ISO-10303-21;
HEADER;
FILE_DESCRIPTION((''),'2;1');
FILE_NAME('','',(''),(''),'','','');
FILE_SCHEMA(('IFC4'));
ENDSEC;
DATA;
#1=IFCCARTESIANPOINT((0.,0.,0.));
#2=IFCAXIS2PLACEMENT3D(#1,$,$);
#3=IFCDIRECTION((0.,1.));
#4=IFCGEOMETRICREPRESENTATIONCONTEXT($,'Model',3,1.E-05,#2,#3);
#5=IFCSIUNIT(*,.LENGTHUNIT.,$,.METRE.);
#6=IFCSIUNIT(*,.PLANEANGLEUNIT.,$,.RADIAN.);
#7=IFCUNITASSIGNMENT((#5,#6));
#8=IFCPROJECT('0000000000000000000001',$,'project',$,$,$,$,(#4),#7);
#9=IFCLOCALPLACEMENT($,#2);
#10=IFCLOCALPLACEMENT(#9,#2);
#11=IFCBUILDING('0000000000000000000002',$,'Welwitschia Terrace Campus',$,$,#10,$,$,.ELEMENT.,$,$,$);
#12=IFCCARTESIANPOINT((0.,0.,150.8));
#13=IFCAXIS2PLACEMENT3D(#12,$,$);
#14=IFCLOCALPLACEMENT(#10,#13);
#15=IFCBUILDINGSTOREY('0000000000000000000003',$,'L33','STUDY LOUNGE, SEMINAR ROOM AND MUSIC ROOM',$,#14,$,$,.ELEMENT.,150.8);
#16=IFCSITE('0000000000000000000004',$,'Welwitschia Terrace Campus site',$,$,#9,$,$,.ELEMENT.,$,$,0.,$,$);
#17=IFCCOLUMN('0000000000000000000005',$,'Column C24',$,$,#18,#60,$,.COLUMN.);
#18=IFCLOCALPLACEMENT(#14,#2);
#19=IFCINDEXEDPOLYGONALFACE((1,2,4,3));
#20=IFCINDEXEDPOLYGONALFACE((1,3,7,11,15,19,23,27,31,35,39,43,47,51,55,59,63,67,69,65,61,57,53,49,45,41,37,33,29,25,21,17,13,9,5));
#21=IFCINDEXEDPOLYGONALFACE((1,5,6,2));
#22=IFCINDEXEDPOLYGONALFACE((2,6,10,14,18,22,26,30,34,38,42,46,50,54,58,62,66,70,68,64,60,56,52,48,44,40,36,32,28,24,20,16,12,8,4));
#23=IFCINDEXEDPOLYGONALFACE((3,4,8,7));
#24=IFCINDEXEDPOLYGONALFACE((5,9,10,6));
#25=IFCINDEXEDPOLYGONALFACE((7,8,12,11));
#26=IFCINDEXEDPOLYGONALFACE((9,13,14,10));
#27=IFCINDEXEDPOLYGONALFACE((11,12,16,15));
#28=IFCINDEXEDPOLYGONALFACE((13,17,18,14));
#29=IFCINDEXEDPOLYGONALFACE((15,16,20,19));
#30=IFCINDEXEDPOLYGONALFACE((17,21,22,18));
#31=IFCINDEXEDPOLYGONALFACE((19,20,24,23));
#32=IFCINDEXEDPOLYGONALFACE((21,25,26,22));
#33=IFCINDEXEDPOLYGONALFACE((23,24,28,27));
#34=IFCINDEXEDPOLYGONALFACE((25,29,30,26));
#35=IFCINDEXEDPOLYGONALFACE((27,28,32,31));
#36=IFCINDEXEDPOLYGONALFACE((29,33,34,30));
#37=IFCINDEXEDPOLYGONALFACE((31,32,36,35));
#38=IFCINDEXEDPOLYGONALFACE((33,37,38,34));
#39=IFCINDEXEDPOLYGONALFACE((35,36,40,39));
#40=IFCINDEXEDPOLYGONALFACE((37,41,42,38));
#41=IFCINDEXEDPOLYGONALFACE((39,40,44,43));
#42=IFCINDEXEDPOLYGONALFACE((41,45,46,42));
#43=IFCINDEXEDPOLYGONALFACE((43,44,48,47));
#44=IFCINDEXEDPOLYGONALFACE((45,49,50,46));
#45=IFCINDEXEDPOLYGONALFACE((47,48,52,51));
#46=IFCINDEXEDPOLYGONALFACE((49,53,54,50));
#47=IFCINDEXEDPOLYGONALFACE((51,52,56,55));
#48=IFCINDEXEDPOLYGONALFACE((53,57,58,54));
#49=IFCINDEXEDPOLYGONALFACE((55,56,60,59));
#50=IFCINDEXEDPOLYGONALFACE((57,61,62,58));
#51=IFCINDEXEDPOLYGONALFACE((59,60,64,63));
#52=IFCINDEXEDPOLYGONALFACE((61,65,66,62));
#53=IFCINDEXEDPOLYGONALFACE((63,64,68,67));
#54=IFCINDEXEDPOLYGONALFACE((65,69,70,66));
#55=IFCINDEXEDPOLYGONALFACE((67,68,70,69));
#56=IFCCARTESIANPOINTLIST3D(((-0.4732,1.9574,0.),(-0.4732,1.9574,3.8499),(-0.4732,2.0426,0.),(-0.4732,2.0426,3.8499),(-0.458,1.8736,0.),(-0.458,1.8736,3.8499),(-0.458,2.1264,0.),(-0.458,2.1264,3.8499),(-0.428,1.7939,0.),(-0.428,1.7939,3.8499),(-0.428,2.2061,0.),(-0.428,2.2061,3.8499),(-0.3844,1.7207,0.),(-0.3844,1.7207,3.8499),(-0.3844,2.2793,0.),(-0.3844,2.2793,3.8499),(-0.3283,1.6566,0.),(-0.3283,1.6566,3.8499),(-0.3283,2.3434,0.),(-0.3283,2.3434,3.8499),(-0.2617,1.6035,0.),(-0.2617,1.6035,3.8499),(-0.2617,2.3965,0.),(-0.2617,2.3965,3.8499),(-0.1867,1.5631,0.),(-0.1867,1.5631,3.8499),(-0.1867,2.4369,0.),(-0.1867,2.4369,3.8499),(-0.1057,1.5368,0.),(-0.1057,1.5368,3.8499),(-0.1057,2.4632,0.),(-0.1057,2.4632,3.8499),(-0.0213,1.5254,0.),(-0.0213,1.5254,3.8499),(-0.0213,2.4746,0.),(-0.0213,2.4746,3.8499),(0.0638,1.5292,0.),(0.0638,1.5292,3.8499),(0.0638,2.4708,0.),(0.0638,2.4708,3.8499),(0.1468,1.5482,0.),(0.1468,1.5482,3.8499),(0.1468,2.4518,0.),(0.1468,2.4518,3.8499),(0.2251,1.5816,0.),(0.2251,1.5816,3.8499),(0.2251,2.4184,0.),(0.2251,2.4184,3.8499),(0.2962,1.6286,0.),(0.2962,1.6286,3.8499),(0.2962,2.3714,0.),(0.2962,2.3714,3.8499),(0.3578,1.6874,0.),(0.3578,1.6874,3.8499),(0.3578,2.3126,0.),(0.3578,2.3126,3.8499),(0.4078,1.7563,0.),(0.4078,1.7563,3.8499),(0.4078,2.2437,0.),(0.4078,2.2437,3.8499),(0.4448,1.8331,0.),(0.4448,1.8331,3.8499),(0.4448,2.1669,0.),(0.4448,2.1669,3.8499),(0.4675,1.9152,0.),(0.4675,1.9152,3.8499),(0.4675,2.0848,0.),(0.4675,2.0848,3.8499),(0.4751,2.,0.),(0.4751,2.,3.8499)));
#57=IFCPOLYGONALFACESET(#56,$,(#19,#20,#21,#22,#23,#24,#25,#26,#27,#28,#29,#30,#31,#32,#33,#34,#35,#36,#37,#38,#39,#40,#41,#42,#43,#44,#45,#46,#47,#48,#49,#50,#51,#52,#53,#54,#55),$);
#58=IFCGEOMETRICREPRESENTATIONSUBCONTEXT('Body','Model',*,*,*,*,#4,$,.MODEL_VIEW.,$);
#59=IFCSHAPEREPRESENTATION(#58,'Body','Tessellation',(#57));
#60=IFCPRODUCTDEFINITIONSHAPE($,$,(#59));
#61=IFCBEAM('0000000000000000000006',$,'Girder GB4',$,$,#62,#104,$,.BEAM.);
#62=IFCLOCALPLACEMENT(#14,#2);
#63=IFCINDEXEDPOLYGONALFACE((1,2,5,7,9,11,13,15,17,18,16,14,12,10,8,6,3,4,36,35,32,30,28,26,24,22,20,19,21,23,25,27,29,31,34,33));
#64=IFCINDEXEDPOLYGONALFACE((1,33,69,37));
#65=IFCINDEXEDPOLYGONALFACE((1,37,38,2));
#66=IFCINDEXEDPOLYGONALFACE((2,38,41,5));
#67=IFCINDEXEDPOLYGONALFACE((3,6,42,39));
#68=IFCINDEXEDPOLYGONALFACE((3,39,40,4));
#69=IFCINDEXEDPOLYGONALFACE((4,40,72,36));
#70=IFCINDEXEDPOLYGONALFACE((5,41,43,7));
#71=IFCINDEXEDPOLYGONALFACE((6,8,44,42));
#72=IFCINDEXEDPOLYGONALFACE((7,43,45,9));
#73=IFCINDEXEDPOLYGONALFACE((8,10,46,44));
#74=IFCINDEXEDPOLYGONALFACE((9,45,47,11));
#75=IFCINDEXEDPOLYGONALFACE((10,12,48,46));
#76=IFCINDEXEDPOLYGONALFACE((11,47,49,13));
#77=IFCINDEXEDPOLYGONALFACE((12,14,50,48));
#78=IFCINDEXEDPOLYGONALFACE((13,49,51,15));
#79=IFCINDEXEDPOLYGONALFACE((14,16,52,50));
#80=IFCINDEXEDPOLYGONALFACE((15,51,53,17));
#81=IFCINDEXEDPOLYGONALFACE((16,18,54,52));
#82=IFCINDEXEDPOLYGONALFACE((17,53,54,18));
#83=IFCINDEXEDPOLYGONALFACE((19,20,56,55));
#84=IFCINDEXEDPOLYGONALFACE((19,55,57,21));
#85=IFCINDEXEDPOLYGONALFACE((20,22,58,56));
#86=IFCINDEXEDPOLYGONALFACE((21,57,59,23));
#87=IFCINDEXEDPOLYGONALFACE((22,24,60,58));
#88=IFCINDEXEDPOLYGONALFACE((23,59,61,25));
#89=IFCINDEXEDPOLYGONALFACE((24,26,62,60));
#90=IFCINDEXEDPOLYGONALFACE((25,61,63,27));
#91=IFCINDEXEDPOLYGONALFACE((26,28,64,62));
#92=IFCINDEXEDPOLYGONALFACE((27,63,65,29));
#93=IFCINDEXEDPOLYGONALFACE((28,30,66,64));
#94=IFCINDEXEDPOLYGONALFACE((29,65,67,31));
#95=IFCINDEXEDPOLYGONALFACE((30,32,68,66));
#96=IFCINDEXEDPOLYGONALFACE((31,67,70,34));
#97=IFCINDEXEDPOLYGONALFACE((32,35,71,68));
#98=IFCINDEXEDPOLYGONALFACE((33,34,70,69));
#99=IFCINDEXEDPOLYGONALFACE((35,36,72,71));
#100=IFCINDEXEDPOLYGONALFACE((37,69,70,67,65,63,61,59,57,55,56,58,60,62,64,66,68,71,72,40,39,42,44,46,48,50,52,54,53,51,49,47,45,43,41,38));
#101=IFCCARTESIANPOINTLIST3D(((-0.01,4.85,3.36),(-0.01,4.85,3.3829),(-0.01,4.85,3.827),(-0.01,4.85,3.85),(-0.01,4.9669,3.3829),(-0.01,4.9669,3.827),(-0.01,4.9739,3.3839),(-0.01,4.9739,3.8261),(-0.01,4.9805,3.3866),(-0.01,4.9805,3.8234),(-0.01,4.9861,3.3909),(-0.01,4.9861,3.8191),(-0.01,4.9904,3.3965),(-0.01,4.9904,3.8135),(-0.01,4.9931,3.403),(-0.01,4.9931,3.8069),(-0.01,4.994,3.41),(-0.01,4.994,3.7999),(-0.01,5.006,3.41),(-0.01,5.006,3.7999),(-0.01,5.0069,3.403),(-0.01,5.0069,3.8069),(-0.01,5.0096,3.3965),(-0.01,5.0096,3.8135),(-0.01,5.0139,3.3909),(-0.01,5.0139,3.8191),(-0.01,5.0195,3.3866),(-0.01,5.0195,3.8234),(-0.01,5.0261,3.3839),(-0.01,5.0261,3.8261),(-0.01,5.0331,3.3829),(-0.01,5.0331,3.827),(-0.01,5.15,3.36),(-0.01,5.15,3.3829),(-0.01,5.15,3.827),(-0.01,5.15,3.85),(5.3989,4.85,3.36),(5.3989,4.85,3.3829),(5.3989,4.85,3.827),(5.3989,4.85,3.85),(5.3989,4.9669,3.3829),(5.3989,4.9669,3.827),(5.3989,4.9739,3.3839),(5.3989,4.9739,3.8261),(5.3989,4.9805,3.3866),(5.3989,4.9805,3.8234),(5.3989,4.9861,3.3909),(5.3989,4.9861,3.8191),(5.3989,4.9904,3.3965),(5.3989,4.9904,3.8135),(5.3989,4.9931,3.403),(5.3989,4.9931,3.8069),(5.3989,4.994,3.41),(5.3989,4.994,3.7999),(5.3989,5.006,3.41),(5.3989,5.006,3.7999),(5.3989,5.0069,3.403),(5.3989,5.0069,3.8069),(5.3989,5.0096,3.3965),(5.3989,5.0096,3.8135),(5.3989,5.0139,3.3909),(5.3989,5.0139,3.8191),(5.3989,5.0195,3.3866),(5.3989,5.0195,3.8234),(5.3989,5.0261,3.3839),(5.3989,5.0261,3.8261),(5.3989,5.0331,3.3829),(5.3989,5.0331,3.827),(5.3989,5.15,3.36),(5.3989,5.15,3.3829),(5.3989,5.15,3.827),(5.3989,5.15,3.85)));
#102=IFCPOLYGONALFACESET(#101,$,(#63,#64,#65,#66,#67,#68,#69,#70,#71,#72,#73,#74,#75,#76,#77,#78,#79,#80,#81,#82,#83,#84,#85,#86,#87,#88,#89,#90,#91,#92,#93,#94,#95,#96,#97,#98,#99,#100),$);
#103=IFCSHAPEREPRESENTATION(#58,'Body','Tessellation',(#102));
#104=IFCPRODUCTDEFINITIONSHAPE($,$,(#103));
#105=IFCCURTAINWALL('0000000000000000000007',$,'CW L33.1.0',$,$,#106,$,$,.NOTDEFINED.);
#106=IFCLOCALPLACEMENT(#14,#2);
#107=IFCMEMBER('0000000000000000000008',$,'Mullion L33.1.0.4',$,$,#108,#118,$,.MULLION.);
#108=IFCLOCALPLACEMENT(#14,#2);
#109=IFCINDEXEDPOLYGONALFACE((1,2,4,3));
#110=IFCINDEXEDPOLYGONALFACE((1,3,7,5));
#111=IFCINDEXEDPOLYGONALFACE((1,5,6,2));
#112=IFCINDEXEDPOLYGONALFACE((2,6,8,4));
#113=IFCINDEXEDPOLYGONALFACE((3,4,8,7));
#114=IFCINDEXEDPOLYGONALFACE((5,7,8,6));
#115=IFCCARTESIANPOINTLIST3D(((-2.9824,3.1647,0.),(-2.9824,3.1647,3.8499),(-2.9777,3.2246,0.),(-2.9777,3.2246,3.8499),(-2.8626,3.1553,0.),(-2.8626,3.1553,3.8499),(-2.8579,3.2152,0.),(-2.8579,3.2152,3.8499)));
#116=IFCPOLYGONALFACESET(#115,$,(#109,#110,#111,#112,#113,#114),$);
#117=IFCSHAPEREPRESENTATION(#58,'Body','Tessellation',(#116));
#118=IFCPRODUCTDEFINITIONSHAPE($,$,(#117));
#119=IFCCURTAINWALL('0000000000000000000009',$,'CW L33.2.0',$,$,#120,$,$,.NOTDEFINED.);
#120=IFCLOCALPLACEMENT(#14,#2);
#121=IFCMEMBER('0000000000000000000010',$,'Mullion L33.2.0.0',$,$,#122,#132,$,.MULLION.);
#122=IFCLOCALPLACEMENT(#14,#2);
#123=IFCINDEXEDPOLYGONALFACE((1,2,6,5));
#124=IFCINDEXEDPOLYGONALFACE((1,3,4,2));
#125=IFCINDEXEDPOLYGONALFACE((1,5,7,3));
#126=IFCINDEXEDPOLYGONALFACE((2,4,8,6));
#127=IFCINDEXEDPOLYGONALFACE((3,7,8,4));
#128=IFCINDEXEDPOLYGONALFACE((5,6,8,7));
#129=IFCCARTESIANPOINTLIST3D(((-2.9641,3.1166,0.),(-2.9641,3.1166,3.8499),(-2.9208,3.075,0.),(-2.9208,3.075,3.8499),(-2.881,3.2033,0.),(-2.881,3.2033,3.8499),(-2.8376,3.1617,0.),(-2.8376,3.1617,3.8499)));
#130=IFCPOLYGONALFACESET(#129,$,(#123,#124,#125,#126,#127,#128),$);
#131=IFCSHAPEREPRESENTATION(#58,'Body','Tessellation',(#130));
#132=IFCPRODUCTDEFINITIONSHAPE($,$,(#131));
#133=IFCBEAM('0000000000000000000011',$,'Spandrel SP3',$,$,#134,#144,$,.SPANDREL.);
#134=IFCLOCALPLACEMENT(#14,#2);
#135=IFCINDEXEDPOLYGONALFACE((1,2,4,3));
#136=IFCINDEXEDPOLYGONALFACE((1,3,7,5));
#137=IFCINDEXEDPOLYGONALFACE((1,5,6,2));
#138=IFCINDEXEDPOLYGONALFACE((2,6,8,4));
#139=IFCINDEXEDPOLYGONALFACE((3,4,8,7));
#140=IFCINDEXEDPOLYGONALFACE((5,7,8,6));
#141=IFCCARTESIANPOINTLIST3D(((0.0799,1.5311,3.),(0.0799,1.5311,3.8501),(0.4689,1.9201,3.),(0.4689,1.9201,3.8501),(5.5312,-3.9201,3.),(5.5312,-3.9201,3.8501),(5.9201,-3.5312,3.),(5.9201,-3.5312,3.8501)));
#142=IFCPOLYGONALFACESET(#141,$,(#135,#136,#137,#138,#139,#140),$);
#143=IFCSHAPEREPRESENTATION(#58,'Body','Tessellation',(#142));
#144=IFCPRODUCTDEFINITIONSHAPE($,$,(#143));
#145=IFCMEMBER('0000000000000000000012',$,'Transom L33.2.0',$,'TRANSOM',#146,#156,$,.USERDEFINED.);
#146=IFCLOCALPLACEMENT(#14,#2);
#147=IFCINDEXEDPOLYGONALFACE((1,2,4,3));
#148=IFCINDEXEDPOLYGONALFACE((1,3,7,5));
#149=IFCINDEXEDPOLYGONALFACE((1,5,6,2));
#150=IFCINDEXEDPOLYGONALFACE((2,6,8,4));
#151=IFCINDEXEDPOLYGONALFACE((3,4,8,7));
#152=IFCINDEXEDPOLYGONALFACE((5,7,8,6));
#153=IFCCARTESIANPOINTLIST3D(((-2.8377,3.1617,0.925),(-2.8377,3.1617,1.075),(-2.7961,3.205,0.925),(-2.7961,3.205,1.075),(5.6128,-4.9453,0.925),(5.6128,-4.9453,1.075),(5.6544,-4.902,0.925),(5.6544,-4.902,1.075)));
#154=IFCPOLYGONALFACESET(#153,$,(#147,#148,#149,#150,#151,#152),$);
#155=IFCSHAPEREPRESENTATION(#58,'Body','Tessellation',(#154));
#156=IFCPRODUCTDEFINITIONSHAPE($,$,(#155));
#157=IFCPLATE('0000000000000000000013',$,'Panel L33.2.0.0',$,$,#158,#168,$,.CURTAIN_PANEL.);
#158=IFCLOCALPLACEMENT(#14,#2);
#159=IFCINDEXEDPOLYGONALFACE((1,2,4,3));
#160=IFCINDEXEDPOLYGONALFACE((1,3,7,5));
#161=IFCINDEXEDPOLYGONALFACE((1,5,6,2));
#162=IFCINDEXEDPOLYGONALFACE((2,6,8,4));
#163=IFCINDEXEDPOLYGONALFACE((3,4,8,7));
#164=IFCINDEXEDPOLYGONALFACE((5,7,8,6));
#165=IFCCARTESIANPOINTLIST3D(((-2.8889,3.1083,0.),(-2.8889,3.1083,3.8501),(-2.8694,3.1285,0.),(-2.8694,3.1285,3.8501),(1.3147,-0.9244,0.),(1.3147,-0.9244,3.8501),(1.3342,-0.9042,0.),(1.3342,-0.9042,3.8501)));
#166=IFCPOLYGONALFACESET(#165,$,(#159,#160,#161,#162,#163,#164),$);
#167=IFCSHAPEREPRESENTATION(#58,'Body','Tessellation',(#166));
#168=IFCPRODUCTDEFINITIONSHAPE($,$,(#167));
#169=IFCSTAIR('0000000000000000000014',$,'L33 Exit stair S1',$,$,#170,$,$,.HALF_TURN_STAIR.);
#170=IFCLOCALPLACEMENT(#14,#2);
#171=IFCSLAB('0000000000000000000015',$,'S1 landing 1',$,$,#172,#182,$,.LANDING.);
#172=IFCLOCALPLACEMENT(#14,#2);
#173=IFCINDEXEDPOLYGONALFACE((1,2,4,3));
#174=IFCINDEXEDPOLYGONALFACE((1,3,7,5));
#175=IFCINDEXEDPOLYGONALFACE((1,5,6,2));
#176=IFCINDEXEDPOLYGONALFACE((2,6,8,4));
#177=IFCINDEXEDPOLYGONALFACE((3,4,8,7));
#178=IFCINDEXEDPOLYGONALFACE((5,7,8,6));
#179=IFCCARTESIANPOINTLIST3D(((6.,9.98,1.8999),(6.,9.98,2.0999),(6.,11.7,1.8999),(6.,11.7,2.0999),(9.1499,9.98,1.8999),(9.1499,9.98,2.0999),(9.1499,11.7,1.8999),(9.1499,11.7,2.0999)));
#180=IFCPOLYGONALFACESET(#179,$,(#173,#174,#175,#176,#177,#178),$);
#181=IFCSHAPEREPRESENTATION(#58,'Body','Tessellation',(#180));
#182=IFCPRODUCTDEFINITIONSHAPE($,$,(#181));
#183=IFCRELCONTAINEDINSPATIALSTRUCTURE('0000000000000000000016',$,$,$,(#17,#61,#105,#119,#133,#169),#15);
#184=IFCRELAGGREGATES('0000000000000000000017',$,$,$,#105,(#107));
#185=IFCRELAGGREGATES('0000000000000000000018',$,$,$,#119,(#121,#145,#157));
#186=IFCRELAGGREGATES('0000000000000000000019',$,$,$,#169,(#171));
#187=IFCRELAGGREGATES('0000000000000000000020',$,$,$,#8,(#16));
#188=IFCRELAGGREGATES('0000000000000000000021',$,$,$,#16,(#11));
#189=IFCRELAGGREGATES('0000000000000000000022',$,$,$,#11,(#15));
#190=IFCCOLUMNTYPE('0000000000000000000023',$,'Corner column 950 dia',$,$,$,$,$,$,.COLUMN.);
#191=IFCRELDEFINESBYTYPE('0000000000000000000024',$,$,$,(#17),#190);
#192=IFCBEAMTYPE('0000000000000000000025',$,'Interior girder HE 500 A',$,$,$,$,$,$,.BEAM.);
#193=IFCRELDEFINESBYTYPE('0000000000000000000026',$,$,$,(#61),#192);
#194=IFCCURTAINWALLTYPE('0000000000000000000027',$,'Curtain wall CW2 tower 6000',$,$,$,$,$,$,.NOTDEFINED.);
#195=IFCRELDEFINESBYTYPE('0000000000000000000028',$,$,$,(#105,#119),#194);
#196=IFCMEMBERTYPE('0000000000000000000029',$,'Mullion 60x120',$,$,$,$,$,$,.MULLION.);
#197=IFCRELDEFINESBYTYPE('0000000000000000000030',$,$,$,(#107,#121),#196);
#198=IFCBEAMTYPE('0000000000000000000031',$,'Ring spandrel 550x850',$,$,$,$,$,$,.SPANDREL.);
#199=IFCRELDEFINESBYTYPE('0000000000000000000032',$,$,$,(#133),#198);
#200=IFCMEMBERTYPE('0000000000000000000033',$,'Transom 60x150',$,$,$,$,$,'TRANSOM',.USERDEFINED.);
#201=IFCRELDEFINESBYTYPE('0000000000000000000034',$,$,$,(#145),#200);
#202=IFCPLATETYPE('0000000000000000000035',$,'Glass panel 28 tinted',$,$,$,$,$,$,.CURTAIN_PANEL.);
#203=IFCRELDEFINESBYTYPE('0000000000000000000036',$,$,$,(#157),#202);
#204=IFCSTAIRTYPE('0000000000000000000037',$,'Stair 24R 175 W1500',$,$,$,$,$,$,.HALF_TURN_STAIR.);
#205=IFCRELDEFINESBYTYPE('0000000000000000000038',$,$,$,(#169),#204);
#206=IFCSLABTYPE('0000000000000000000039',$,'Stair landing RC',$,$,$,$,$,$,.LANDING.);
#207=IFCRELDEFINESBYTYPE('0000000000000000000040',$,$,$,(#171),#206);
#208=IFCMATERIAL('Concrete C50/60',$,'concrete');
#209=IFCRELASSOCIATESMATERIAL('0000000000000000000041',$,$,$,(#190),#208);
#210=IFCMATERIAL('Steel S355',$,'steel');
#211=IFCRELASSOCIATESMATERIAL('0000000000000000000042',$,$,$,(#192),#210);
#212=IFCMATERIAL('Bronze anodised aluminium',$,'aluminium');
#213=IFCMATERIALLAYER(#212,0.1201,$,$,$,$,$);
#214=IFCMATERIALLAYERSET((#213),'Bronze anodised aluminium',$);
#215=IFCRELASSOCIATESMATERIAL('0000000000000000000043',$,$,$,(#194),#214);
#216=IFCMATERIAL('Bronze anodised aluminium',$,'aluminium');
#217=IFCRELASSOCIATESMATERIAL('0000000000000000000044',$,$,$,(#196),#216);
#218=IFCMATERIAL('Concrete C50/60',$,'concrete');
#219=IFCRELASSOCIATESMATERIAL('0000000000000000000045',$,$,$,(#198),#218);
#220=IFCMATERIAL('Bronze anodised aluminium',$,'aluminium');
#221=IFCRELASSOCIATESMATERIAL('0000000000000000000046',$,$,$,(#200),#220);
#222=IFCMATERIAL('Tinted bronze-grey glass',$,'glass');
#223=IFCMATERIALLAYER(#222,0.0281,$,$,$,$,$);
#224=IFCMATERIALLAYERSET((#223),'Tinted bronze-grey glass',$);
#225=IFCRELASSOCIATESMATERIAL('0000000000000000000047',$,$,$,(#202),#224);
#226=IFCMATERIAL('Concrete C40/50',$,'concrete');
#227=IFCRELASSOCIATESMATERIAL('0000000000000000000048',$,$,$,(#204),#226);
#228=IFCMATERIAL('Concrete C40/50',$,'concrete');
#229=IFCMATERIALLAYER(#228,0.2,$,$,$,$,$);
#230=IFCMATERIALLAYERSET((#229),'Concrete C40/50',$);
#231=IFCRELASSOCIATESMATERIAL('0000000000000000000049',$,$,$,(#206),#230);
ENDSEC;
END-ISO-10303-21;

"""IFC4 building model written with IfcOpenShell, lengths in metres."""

from ifc_helpers import new_model, si_unit, direction, frame, origin, origin_2d, place, context, subcontext, project, spatial, polyline, rectangle, circle, i_section, outline, extrude, material, layer, layer_set, material_profile, profile_set, type_object, element, aggregate, save


model = new_model("IFC4")

# Units and contexts
model_context = context("Model", 3, precision=1e-05, world=origin(), true_north=direction((0.0, 1.0)))
body_context = subcontext(model_context, "Body", "Model", "MODEL_VIEW")
ifc_project = project(units=[si_unit("LENGTHUNIT", "METRE"), si_unit("PLANEANGLEUNIT", "RADIAN")], contexts=[model_context])

# Site, building, storey
site_placement = place(None, origin())
site = spatial("IfcSite", under=ifc_project, at=site_placement, Name="Welwitschia Terrace Campus site", CompositionType="ELEMENT", RefElevation=0.0)
building_placement = place(site_placement, origin())
building = spatial("IfcBuilding", under=site, at=building_placement, Name="Welwitschia Terrace Campus", CompositionType="ELEMENT")
storey_placement = place(building_placement, frame((0.0, 0.0, 150.8)))
storey = spatial("IfcBuildingStorey", under=building, at=storey_placement, Name="L33", Description="STUDY LOUNGE, SEMINAR ROOM AND MUSIC ROOM", CompositionType="ELEMENT", Elevation=150.8)

# Column
ifc_material_1 = material(Name="Concrete C50/60", Category="concrete")
ifc_material_profile_1 = material_profile(ifc_material_1, circle(Radius=0.4751, at=origin_2d()))
ifc_profile_set_1 = profile_set([ifc_material_profile_1], Name="Concrete C50/60")
column_type = type_object("IfcColumnType", Name="Corner column 950 dia", PredefinedType="COLUMN", material=ifc_profile_set_1)
column_placement = place(storey_placement, frame((0.0, 2.0, 0.0), z_axis=(0.0, 0.0, 1.0), x_axis=(1.0, 0.0, 0.0)))
element("IfcColumn", 1, at=column_placement, inside=storey, type_object=column_type, Name="Column C24", PredefinedType="COLUMN", context=body_context, shape_type="SweptSolid", body=[
    extrude(circle(Radius=0.4751, at=origin_2d()), origin(), (0.0, 0.0, 1.0), 3.8499),
])

# Beam
ifc_material_2 = material(Name="Steel S355", Category="steel")
ifc_material_profile_2 = material_profile(ifc_material_2, i_section(OverallWidth=0.3, OverallDepth=0.49, WebThickness=0.012, FlangeThickness=0.0229, FilletRadius=0.0271, at=origin_2d()))
ifc_profile_set_2 = profile_set([ifc_material_profile_2], Name="Steel S355")
beam_type_1 = type_object("IfcBeamType", Name="Interior girder HE 500 A", PredefinedType="BEAM", material=ifc_profile_set_2)
beam_1_placement = place(storey_placement, frame((-0.01, 5.0, 3.605), z_axis=(1.0, 0.0, 0.0), x_axis=(0.0, 1.0, 0.0)))
element("IfcBeam", 2, at=beam_1_placement, inside=storey, type_object=beam_type_1, Name="Girder GB4", PredefinedType="BEAM", context=body_context, shape_type="SweptSolid", body=[
    extrude(i_section(OverallWidth=0.3, OverallDepth=0.49, WebThickness=0.012, FlangeThickness=0.0229, FilletRadius=0.0271, at=origin_2d()), origin(), (0.0, 0.0, 1.0), 5.4089),
])

# Curtain walls, members
ifc_material_3 = material(Name="Bronze anodised aluminium", Category="aluminium")
ifc_layer_1 = layer(ifc_material_3, 0.1201)
ifc_layer_set_1 = layer_set([ifc_layer_1], Name="Bronze anodised aluminium")
curtain_wall_type = type_object("IfcCurtainWallType", Name="Curtain wall CW2 tower 6000", PredefinedType="NOTDEFINED", material=ifc_layer_set_1)
curtain_wall_1_placement = place(storey_placement, origin())
curtain_wall_1 = element("IfcCurtainWall", 3, at=curtain_wall_1_placement, inside=storey, type_object=curtain_wall_type, Name="CW L33.1.0", PredefinedType="NOTDEFINED")
ifc_material_4 = material(Name="Bronze anodised aluminium", Category="aluminium")
ifc_material_profile_3 = material_profile(ifc_material_4, rectangle(XDim=0.1201, YDim=0.0601, at=origin_2d()))
ifc_profile_set_3 = profile_set([ifc_material_profile_3], Name="Bronze anodised aluminium")
member_type_1 = type_object("IfcMemberType", Name="Mullion 60x120", PredefinedType="MULLION", material=ifc_profile_set_3)
member_1_placement = place(storey_placement, frame((-2.9202, 3.1899, 0.0), z_axis=(0.0, 0.0, 1.0), x_axis=(0.996917, -0.078459, 0.0)))
member_1 = element("IfcMember", 4, at=member_1_placement, type_object=member_type_1, Name="Mullion L33.1.0.4", PredefinedType="MULLION", context=body_context, shape_type="SweptSolid", body=[
    extrude(rectangle(XDim=0.1201, YDim=0.0601, at=origin_2d()), origin(), (0.0, 0.0, 1.0), 3.8499),
])
aggregate(curtain_wall_1, [member_1])
curtain_wall_2_placement = place(storey_placement, origin())
curtain_wall_2 = element("IfcCurtainWall", 5, at=curtain_wall_2_placement, inside=storey, type_object=curtain_wall_type, Name="CW L33.2.0", PredefinedType="NOTDEFINED")
member_2_placement = place(storey_placement, frame((-2.9009, 3.1392, 0.0), z_axis=(0.0, 0.0, 1.0), x_axis=(0.692283, 0.721626, 0.0)))
member_2 = element("IfcMember", 6, at=member_2_placement, type_object=member_type_1, Name="Mullion L33.2.0.0", PredefinedType="MULLION", context=body_context, shape_type="SweptSolid", body=[
    extrude(rectangle(XDim=0.1201, YDim=0.0601, at=origin_2d()), origin(), (0.0, 0.0, 1.0), 3.8499),
])

# Beam
ifc_material_5 = material(Name="Concrete C50/60", Category="concrete")
ifc_material_profile_4 = material_profile(ifc_material_5, rectangle(XDim=0.55, YDim=0.8501, at=origin_2d()))
ifc_profile_set_4 = profile_set([ifc_material_profile_4], Name="Concrete C50/60")
beam_type_2 = type_object("IfcBeamType", Name="Ring spandrel 550x850", PredefinedType="SPANDREL", material=ifc_profile_set_4)
beam_2_placement = place(storey_placement, frame((0.2744, 1.7256, 3.425), z_axis=(0.707107, -0.707107, 0.0), x_axis=(0.707107, 0.707107, 0.0)))
element("IfcBeam", 7, at=beam_2_placement, inside=storey, type_object=beam_type_2, Name="Spandrel SP3", PredefinedType="SPANDREL", context=body_context, shape_type="SweptSolid", body=[
    extrude(rectangle(XDim=0.55, YDim=0.8501, at=origin_2d()), origin(), (0.0, 0.0, 1.0), 7.7092),
])

# Member
ifc_material_6 = material(Name="Bronze anodised aluminium", Category="aluminium")
ifc_material_profile_5 = material_profile(ifc_material_6, rectangle(XDim=0.0601, YDim=0.1499, at=origin_2d()))
ifc_profile_set_5 = profile_set([ifc_material_profile_5], Name="Bronze anodised aluminium")
member_type_2 = type_object("IfcMemberType", Name="Transom 60x150", ElementType="TRANSOM", PredefinedType="USERDEFINED", material=ifc_profile_set_5)
member_3_placement = place(storey_placement, frame((-2.8169, 3.1833, 1.0), z_axis=(0.721621, -0.692288, 0.0), x_axis=(0.692288, 0.721621, 0.0)))
member_3 = element("IfcMember", 8, at=member_3_placement, type_object=member_type_2, Name="Transom L33.2.0", ObjectType="TRANSOM", PredefinedType="USERDEFINED", context=body_context, shape_type="SweptSolid", body=[
    extrude(rectangle(XDim=0.0601, YDim=0.1499, at=origin_2d()), origin(), (0.0, 0.0, 1.0), 11.7104),
])

# Plate
ifc_material_7 = material(Name="Tinted bronze-grey glass", Category="glass")
ifc_layer_2 = layer(ifc_material_7, 0.0281)
ifc_layer_set_2 = layer_set([ifc_layer_2], Name="Tinted bronze-grey glass")
plate_type = type_object("IfcPlateType", Name="Glass panel 28 tinted", PredefinedType="CURTAIN_PANEL", material=ifc_layer_set_2)
plate_placement = place(storey_placement, frame((-0.7773, 1.1021, 0.0), z_axis=(0.0, 0.0, 1.0), x_axis=(0.721626, -0.692283, 0.0)))
plate = element("IfcPlate", 9, at=plate_placement, type_object=plate_type, Name="Panel L33.2.0.0", PredefinedType="CURTAIN_PANEL", context=body_context, shape_type="SweptSolid", body=[
    extrude(rectangle(XDim=5.8252, YDim=0.0281, at=origin_2d()), origin(), (0.0, 0.0, 1.0), 3.8501),
])
aggregate(curtain_wall_2, [member_2, member_3, plate])

# Stair, slab
ifc_material_8 = material(Name="Concrete C40/50", Category="concrete")
stair_type = type_object("IfcStairType", Name="Stair 24R 175 W1500", PredefinedType="HALF_TURN_STAIR", material=ifc_material_8)
stair_1_placement = place(storey_placement, origin())
stair_1 = element("IfcStair", 10, at=stair_1_placement, inside=storey, type_object=stair_type, Name="L33 Exit stair S1", PredefinedType="HALF_TURN_STAIR")
ifc_material_9 = material(Name="Concrete C40/50", Category="concrete")
ifc_layer_3 = layer(ifc_material_9, 0.2)
ifc_layer_set_3 = layer_set([ifc_layer_3], Name="Concrete C40/50")
slab_type_1 = type_object("IfcSlabType", Name="Stair landing RC", PredefinedType="LANDING", material=ifc_layer_set_3)
slab_1_placement = place(storey_placement, frame((0.0, 0.0, 1.8999)))
slab_1 = element("IfcSlab", 11, at=slab_1_placement, type_object=slab_type_1, Name="S1 landing 1", PredefinedType="LANDING", context=body_context, shape_type="SweptSolid", body=[
    extrude(outline(polyline([(9.1499, 9.98), (9.1499, 11.7), (6.0, 11.7), (6.0, 9.98), (9.1499, 9.98)])), origin(), (0.0, 0.0, 1.0), 0.2),
])
aggregate(stair_1, [slab_1])

save(model, "model.ifc")
